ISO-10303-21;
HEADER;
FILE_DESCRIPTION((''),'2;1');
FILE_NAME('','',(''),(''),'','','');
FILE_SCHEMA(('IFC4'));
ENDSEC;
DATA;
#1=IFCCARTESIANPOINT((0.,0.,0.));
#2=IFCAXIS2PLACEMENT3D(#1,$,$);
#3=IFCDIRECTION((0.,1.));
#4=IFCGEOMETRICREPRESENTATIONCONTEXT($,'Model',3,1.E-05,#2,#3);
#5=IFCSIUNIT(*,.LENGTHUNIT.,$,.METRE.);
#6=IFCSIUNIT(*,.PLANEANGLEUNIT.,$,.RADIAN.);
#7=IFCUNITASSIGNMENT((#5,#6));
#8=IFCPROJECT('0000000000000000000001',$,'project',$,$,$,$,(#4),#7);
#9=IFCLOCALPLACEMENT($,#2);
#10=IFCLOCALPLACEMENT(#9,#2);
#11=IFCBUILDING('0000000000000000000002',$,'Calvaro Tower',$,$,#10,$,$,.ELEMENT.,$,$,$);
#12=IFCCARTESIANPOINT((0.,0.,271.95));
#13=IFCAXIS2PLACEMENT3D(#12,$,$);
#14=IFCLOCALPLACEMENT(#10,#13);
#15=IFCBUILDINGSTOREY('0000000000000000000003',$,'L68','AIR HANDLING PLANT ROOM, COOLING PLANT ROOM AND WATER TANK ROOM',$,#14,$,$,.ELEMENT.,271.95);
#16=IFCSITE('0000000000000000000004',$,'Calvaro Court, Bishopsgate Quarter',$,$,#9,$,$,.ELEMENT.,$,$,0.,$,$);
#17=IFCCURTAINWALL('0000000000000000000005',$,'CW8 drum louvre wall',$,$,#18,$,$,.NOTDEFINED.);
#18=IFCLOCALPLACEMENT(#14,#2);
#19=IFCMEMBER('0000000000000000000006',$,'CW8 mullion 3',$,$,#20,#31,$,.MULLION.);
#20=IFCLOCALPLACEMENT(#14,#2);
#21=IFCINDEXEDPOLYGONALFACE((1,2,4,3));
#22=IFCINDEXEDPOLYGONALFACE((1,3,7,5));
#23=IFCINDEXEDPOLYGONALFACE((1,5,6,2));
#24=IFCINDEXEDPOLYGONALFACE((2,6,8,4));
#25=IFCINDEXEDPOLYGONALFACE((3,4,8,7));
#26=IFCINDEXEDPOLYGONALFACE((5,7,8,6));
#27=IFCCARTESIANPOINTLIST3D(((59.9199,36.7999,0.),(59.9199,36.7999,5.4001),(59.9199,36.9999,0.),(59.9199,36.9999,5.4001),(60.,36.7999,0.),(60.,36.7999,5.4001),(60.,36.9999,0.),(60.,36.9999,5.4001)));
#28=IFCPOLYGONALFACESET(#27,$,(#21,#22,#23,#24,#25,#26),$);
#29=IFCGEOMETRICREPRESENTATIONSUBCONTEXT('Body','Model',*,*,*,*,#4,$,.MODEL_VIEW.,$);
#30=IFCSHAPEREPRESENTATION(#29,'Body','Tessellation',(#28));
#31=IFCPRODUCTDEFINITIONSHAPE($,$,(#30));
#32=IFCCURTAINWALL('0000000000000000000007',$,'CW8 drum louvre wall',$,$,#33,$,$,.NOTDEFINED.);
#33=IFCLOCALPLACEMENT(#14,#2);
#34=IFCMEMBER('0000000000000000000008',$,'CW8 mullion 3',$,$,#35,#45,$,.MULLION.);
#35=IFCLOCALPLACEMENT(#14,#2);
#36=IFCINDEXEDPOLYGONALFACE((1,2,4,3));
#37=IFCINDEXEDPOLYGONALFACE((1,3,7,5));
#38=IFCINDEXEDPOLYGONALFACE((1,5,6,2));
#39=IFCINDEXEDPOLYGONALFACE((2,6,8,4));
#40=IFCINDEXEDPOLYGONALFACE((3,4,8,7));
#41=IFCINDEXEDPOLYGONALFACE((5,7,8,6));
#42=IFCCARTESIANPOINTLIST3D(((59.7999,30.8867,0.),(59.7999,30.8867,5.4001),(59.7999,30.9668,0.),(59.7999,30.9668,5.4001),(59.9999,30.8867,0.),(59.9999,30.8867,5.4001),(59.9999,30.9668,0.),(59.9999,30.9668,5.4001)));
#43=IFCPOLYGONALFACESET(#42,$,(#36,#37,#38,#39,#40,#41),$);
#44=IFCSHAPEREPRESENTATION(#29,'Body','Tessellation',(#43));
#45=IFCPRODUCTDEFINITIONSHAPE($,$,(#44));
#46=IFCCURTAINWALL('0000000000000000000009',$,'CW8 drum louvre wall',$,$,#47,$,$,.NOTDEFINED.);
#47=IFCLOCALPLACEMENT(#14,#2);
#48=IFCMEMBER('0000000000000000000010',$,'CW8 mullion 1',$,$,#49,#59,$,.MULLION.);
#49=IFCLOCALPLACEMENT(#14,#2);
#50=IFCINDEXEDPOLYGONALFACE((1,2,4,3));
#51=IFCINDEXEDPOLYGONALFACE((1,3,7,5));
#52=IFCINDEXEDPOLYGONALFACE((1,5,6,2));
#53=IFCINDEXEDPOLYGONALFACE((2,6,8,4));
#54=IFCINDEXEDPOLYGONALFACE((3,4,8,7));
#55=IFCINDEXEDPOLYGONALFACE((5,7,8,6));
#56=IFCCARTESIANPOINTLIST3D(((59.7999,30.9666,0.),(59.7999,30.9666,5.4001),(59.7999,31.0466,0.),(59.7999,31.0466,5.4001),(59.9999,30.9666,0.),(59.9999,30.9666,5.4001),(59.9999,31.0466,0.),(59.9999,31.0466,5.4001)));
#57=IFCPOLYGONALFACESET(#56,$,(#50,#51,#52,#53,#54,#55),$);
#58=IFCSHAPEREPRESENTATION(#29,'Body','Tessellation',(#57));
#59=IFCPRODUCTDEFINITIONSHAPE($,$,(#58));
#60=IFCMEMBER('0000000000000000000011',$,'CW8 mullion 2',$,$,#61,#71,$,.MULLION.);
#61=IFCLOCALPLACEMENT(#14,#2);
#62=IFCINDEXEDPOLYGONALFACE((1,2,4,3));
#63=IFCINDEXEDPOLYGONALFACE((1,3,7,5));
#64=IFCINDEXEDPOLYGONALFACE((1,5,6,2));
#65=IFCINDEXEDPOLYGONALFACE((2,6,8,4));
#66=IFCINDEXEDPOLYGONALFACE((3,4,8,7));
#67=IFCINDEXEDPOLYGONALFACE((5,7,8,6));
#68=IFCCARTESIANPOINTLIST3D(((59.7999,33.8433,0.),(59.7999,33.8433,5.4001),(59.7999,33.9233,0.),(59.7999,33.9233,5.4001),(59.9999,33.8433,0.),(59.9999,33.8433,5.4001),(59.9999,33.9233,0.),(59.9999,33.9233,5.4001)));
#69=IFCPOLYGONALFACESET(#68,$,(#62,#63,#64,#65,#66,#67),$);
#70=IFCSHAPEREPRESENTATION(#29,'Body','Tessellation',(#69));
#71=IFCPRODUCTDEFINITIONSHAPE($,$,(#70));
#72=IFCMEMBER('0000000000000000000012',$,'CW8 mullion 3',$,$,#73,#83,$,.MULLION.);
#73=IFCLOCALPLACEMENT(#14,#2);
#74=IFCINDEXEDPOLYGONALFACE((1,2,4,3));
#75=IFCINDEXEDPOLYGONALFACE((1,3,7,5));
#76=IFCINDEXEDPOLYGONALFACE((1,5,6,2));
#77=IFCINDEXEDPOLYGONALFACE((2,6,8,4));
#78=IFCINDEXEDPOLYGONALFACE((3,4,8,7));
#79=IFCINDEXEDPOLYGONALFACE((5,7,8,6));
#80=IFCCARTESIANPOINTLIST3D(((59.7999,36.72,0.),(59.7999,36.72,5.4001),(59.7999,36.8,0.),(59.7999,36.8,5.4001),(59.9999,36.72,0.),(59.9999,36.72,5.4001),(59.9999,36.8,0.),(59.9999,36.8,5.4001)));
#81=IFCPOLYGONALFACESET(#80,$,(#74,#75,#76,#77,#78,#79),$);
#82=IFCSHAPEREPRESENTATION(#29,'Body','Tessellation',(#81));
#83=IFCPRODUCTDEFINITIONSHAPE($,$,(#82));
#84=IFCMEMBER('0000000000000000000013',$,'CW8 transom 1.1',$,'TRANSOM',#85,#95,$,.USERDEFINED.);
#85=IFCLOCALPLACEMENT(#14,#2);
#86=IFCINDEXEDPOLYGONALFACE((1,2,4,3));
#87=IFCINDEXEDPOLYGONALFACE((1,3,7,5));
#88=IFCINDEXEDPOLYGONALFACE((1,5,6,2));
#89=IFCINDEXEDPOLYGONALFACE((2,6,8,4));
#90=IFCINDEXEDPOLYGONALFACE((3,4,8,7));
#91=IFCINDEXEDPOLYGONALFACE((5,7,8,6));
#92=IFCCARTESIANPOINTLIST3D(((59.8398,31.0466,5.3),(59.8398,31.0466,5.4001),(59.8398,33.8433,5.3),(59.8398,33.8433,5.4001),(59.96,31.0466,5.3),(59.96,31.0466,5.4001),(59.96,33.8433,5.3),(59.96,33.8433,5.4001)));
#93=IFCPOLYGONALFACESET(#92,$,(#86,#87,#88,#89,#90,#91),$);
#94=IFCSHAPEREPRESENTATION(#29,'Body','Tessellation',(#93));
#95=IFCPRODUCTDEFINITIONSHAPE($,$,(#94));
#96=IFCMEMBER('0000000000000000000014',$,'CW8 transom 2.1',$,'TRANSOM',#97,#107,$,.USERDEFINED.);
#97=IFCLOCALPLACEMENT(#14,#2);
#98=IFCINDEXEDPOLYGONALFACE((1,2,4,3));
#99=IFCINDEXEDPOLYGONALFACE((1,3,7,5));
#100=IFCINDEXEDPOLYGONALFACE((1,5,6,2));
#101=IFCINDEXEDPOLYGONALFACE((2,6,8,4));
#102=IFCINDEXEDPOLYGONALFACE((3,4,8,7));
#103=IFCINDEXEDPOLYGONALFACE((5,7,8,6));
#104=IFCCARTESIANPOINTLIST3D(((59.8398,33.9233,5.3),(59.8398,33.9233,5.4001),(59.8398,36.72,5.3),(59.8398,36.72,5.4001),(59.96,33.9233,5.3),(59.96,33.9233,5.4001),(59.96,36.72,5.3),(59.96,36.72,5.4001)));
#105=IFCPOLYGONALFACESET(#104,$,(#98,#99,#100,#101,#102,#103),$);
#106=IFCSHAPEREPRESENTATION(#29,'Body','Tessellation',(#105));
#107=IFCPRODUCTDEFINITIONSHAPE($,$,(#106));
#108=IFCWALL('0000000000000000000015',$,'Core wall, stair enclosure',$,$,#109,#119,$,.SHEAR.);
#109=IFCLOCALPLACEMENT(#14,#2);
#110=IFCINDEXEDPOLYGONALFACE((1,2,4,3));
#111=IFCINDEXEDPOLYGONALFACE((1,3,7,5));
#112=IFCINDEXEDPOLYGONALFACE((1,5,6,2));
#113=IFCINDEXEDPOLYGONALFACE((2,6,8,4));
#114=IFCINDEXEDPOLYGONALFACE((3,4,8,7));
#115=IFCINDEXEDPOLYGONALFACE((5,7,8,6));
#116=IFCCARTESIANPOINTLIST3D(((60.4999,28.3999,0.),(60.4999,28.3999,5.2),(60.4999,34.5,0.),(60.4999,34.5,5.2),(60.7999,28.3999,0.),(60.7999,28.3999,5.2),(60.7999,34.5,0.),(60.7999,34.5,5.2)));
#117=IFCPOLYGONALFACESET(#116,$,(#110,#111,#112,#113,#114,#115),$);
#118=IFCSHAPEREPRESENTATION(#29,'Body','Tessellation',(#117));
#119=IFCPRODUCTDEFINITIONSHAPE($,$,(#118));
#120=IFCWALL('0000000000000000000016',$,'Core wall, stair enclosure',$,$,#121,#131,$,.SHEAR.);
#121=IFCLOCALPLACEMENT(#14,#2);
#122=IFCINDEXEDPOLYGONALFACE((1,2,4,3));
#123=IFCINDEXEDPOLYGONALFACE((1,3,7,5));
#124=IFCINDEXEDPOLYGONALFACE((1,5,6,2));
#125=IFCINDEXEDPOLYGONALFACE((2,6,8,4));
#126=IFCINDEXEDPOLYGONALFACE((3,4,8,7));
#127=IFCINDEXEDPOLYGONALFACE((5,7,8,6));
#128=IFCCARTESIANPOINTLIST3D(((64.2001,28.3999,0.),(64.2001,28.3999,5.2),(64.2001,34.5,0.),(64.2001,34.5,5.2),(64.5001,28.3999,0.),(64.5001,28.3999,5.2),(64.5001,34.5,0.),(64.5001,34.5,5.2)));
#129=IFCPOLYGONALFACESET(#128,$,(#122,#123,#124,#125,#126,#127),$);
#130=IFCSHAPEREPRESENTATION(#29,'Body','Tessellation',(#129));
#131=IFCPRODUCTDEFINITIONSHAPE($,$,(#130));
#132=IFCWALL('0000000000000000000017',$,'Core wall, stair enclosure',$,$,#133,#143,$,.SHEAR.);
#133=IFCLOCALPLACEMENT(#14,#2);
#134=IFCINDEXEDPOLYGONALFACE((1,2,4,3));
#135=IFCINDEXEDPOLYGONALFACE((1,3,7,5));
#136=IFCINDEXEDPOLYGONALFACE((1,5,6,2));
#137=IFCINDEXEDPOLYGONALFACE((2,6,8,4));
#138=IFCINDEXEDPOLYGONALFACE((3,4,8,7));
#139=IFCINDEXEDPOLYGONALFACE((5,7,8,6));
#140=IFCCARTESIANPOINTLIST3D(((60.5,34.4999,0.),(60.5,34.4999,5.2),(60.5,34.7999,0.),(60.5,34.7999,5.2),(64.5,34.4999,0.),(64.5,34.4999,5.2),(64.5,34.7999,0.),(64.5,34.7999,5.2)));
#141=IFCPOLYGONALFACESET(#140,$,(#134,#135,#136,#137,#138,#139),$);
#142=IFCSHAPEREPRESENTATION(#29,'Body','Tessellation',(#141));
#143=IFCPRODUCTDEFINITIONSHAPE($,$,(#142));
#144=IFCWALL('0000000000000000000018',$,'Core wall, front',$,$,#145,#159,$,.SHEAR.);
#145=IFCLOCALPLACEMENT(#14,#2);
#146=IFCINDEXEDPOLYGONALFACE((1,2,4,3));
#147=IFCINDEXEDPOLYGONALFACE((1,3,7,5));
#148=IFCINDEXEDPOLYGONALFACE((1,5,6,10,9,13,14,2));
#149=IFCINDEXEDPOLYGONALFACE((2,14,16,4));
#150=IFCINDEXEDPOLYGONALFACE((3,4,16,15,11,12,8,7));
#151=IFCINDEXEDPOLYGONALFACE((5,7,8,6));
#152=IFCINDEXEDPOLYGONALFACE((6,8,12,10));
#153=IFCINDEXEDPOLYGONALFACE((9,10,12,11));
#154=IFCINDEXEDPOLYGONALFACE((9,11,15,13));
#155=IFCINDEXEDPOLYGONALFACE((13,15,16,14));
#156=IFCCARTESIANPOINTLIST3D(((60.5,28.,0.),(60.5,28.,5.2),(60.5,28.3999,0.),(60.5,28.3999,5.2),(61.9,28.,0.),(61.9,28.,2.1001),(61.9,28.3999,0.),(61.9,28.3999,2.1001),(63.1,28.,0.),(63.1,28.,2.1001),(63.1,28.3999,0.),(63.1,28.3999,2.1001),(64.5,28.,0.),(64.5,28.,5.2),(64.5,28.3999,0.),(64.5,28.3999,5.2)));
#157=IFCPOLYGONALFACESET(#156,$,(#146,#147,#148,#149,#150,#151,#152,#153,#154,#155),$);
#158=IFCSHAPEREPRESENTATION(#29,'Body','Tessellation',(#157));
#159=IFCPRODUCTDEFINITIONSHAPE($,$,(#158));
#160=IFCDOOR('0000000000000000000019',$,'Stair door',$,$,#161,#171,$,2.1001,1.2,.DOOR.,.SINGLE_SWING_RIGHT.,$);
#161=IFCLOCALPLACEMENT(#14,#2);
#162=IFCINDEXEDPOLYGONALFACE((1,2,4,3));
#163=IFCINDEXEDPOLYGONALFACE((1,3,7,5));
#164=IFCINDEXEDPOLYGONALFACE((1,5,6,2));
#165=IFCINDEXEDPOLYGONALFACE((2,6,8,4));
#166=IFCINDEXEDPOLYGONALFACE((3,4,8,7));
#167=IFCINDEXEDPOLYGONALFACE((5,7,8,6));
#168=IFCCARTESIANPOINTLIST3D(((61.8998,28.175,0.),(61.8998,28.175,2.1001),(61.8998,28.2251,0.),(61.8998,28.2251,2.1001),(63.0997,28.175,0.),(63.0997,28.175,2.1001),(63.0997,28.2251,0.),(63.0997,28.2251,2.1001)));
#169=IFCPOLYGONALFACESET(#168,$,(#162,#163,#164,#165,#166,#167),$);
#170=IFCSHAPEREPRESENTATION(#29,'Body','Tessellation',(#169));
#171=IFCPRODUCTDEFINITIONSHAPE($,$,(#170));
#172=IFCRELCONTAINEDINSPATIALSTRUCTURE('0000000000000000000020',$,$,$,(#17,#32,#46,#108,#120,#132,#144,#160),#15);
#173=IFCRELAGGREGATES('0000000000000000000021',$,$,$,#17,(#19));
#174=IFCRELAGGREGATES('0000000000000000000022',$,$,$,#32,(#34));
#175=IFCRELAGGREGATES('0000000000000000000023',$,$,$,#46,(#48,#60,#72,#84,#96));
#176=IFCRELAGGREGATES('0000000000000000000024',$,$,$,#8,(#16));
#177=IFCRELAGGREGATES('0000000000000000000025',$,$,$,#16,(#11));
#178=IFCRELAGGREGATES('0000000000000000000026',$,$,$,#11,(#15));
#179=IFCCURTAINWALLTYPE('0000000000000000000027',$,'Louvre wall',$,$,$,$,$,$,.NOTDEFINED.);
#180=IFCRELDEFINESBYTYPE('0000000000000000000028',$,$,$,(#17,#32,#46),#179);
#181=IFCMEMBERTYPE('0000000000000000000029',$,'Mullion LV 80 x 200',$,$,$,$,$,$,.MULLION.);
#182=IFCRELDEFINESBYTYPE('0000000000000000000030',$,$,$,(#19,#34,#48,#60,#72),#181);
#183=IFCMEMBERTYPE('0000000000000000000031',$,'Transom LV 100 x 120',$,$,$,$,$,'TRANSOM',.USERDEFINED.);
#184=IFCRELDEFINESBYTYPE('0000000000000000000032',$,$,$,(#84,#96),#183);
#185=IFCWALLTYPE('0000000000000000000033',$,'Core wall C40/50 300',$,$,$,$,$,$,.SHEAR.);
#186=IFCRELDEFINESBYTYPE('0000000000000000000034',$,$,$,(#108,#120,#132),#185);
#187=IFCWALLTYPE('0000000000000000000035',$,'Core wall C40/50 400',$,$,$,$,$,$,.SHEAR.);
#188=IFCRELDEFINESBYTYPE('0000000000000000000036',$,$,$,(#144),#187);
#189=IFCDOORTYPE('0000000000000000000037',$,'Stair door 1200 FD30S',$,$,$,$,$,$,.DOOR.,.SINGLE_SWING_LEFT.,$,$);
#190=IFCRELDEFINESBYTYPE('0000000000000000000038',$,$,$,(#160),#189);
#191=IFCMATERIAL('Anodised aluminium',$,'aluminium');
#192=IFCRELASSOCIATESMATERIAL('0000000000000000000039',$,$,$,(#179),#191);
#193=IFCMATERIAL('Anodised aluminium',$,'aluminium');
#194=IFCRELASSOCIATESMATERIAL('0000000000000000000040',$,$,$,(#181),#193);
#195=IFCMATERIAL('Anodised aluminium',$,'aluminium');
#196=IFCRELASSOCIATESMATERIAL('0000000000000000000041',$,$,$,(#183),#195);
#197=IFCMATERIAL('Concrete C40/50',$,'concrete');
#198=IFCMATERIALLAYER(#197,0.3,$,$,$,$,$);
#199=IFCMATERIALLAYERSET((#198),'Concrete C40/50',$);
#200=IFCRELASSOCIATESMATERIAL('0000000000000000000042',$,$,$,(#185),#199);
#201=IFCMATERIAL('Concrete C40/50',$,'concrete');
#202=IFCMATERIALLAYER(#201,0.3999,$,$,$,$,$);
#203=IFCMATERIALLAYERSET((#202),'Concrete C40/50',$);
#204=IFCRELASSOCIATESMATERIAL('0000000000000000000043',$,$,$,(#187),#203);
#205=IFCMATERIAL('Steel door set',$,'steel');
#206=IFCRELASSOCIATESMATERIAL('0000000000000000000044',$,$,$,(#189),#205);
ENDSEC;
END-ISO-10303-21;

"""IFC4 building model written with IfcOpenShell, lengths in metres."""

from ifc_helpers import new_model, si_unit, direction, frame, frame_2d, origin, origin_2d, place, context, subcontext, project, spatial, rectangle, extrude, material, layer, layer_set, material_profile, profile_set, type_object, element, fill, aggregate, save


model = new_model("IFC4")

# Units and contexts
model_context = context("Model", 3, precision=1e-05, world=origin(), true_north=direction((0.0, 1.0)))
body_context = subcontext(model_context, "Body", "Model", "MODEL_VIEW")
ifc_project = project(units=[si_unit("LENGTHUNIT", "METRE"), si_unit("PLANEANGLEUNIT", "RADIAN")], contexts=[model_context])

# Site, building, storey
site_placement = place(None, origin())
site = spatial("IfcSite", under=ifc_project, at=site_placement, Name="Calvaro Court, Bishopsgate Quarter", CompositionType="ELEMENT", RefElevation=0.0)
building_placement = place(site_placement, origin())
building = spatial("IfcBuilding", under=site, at=building_placement, Name="Calvaro Tower", CompositionType="ELEMENT")
storey_placement = place(building_placement, frame((0.0, 0.0, 271.95)))
storey = spatial("IfcBuildingStorey", under=building, at=storey_placement, Name="L68", Description="AIR HANDLING PLANT ROOM, COOLING PLANT ROOM AND WATER TANK ROOM", CompositionType="ELEMENT", Elevation=271.95)

# Curtain walls, members
ifc_material_1 = material(Name="Anodised aluminium", Category="aluminium")
curtain_wall_type = type_object("IfcCurtainWallType", Name="Louvre wall", PredefinedType="NOTDEFINED", material=ifc_material_1)
curtain_wall_1_placement = place(storey_placement, origin())
curtain_wall_1 = element("IfcCurtainWall", 1, at=curtain_wall_1_placement, inside=storey, type_object=curtain_wall_type, Name="CW8 drum louvre wall", PredefinedType="NOTDEFINED")
ifc_material_2 = material(Name="Anodised aluminium", Category="aluminium")
ifc_material_profile_1 = material_profile(ifc_material_2, rectangle(XDim=0.2, YDim=0.0801, at=origin_2d()), Name="Mullion LV 80 x 200")
ifc_profile_set_1 = profile_set([ifc_material_profile_1], Name="Anodised aluminium")
member_type_1 = type_object("IfcMemberType", Name="Mullion LV 80 x 200", PredefinedType="MULLION", material=ifc_profile_set_1)
member_1_placement = place(storey_placement, frame((59.96, 36.8999, 0.0), z_axis=(0.0, 0.0, 1.0), x_axis=(0.0, 1.0, 0.0)))
member_1 = element("IfcMember", 2, at=member_1_placement, type_object=member_type_1, Name="CW8 mullion 3", PredefinedType="MULLION", context=body_context, shape_type="SweptSolid", body=[
    extrude(rectangle(XDim=0.2, YDim=0.0801, at=origin_2d()), origin(), (0.0, 0.0, 1.0), 5.4001),
])
curtain_wall_2_placement = place(storey_placement, origin())
curtain_wall_2 = element("IfcCurtainWall", 3, at=curtain_wall_2_placement, inside=storey, type_object=curtain_wall_type, Name="CW8 drum louvre wall", PredefinedType="NOTDEFINED")
member_2_placement = place(storey_placement, frame((59.8999, 30.9268, 0.0), z_axis=(0.0, 0.0, 1.0), x_axis=(-1.0, 0.0, 0.0)))
member_2 = element("IfcMember", 4, at=member_2_placement, type_object=member_type_1, Name="CW8 mullion 3", PredefinedType="MULLION", context=body_context, shape_type="SweptSolid", body=[
    extrude(rectangle(XDim=0.2, YDim=0.0801, at=origin_2d()), origin(), (0.0, 0.0, 1.0), 5.4001),
])

# Curtain wall, members
curtain_wall_3_placement = place(storey_placement, origin())
curtain_wall_3 = element("IfcCurtainWall", 5, at=curtain_wall_3_placement, inside=storey, type_object=curtain_wall_type, Name="CW8 drum louvre wall", PredefinedType="NOTDEFINED")
member_3_placement = place(storey_placement, frame((59.8999, 31.0066, 0.0), z_axis=(0.0, 0.0, 1.0), x_axis=(-1.0, 0.0, 0.0)))
member_3 = element("IfcMember", 6, at=member_3_placement, type_object=member_type_1, Name="CW8 mullion 1", PredefinedType="MULLION", context=body_context, shape_type="SweptSolid", body=[
    extrude(rectangle(XDim=0.2, YDim=0.0801, at=origin_2d()), origin(), (0.0, 0.0, 1.0), 5.4001),
])
member_4_placement = place(storey_placement, frame((59.8999, 33.8833, 0.0), z_axis=(0.0, 0.0, 1.0), x_axis=(-1.0, 0.0, 0.0)))
member_4 = element("IfcMember", 7, at=member_4_placement, type_object=member_type_1, Name="CW8 mullion 2", PredefinedType="MULLION", context=body_context, shape_type="SweptSolid", body=[
    extrude(rectangle(XDim=0.2, YDim=0.0801, at=origin_2d()), origin(), (0.0, 0.0, 1.0), 5.4001),
])
member_5_placement = place(storey_placement, frame((59.8999, 36.76, 0.0), z_axis=(0.0, 0.0, 1.0), x_axis=(-1.0, 0.0, 0.0)))
member_5 = element("IfcMember", 8, at=member_5_placement, type_object=member_type_1, Name="CW8 mullion 3", PredefinedType="MULLION", context=body_context, shape_type="SweptSolid", body=[
    extrude(rectangle(XDim=0.2, YDim=0.0801, at=origin_2d()), origin(), (0.0, 0.0, 1.0), 5.4001),
])
ifc_material_3 = material(Name="Anodised aluminium", Category="aluminium")
ifc_material_profile_2 = material_profile(ifc_material_3, rectangle(XDim=0.1201, YDim=0.1001, at=origin_2d()), Name="Transom LV 100 x 120")
ifc_profile_set_2 = profile_set([ifc_material_profile_2], Name="Anodised aluminium")
member_type_2 = type_object("IfcMemberType", Name="Transom LV 100 x 120", ElementType="TRANSOM", PredefinedType="USERDEFINED", material=ifc_profile_set_2)
member_6_placement = place(storey_placement, frame((59.8999, 31.0466, 5.3501), z_axis=(0.0, 1.0, 0.0), x_axis=(-1.0, 0.0, 0.0)))
member_6 = element("IfcMember", 9, at=member_6_placement, type_object=member_type_2, Name="CW8 transom 1.1", ObjectType="TRANSOM", PredefinedType="USERDEFINED", context=body_context, shape_type="SweptSolid", body=[
    extrude(rectangle(XDim=0.1201, YDim=0.1001, at=origin_2d()), origin(), (0.0, 0.0, 1.0), 2.7966),
])
member_7_placement = place(storey_placement, frame((59.8999, 33.9233, 5.3501), z_axis=(0.0, 1.0, 0.0), x_axis=(-1.0, 0.0, 0.0)))
member_7 = element("IfcMember", 10, at=member_7_placement, type_object=member_type_2, Name="CW8 transom 2.1", ObjectType="TRANSOM", PredefinedType="USERDEFINED", context=body_context, shape_type="SweptSolid", body=[
    extrude(rectangle(XDim=0.1201, YDim=0.1001, at=origin_2d()), origin(), (0.0, 0.0, 1.0), 2.7966),
])

# Walls
ifc_material_4 = material(Name="Concrete C40/50", Category="concrete")
ifc_layer_1 = layer(ifc_material_4, 0.3)
ifc_layer_set_1 = layer_set([ifc_layer_1], Name="Concrete C40/50")
wall_type_1 = type_object("IfcWallType", Name="Core wall C40/50 300", PredefinedType="SHEAR", material=ifc_layer_set_1)
for number, where, z_axis, x_axis, name in (
    (11, (60.6499, 28.3999, 0.0), (0.0, 0.0, 1.0), (0.0, 1.0, 0.0), "Core wall, stair enclosure"),
    (12, (64.3501, 28.3999, 0.0), (0.0, 0.0, 1.0), (0.0, 1.0, 0.0), "Core wall, stair enclosure"),
):
    element("IfcWall", number, at=place(storey_placement, frame(where, z_axis=z_axis, x_axis=x_axis)), inside=storey, type_object=wall_type_1, Name=name, PredefinedType="SHEAR", context=body_context, shape_type="SweptSolid", body=[
        extrude(rectangle(XDim=6.1001, YDim=0.3, at=frame_2d((3.05, 0.0))), origin(), (0.0, 0.0, 1.0), 5.2),
    ])
wall_1_placement = place(storey_placement, frame((60.5, 34.6499, 0.0), z_axis=(0.0, 0.0, 1.0), x_axis=(1.0, 0.0, 0.0)))
element("IfcWall", 13, at=wall_1_placement, inside=storey, type_object=wall_type_1, Name="Core wall, stair enclosure", PredefinedType="SHEAR", context=body_context, shape_type="SweptSolid", body=[
    extrude(rectangle(XDim=4.0, YDim=0.3, at=frame_2d((2.0, 0.0))), origin(), (0.0, 0.0, 1.0), 5.2),
])

# Wall, opening, door
ifc_material_5 = material(Name="Concrete C40/50", Category="concrete")
ifc_layer_2 = layer(ifc_material_5, 0.3999)
ifc_layer_set_2 = layer_set([ifc_layer_2], Name="Concrete C40/50")
wall_type_2 = type_object("IfcWallType", Name="Core wall C40/50 400", PredefinedType="SHEAR", material=ifc_layer_set_2)
wall_2_placement = place(storey_placement, frame((60.5, 28.2, 0.0), z_axis=(0.0, 0.0, 1.0), x_axis=(1.0, 0.0, 0.0)))
wall_2 = element("IfcWall", 14, at=wall_2_placement, inside=storey, type_object=wall_type_2, Name="Core wall, front", PredefinedType="SHEAR", context=body_context, shape_type="SweptSolid", body=[
    extrude(rectangle(XDim=4.0, YDim=0.3999, at=frame_2d((2.0, 0.0))), origin(), (0.0, 0.0, 1.0), 5.2),
])
opening_placement = place(wall_2_placement, frame((1.3999, 0.0, 0.0)))
opening = element("IfcOpeningElement", 15, at=opening_placement, cuts=wall_2, PredefinedType="OPENING", context=body_context, shape_type="SweptSolid", body=[
    extrude(rectangle(XDim=1.2, YDim=2.1001, at=frame_2d((0.6001, 1.05))), frame((0.0, 0.21, 0.0), z_axis=(0.0, -1.0, 0.0), x_axis=(1.0, 0.0, 0.0)), (0.0, 0.0, 1.0), 0.4199),
])
ifc_material_6 = material(Name="Steel door set", Category="steel")
door_type = type_object("IfcDoorType", Name="Stair door 1200 FD30S", OperationType="SINGLE_SWING_LEFT", PredefinedType="DOOR", material=ifc_material_6)
door_placement = place(opening_placement, frame((1.2, 0.0, 0.0), z_axis=(0.0, 0.0, 1.0), x_axis=(-1.0, 0.0, 0.0)))
door = element("IfcDoor", 16, at=door_placement, inside=storey, type_object=door_type, Name="Stair door", OperationType="SINGLE_SWING_RIGHT", OverallHeight=2.1001, OverallWidth=1.2, PredefinedType="DOOR", context=body_context, shape_type="SweptSolid", body=[
    extrude(rectangle(XDim=1.2, YDim=2.1001, at=frame_2d((0.6001, 1.05))), frame((0.0, 0.0249, 0.0), z_axis=(0.0, -1.0, 0.0), x_axis=(1.0, 0.0, 0.0)), (0.0, 0.0, 1.0), 0.05),
])
fill(opening, door)

aggregate(curtain_wall_1, [member_1])
aggregate(curtain_wall_2, [member_2])
aggregate(curtain_wall_3, [member_3, member_4, member_5, member_6, member_7])

save(model, "model.ifc")
